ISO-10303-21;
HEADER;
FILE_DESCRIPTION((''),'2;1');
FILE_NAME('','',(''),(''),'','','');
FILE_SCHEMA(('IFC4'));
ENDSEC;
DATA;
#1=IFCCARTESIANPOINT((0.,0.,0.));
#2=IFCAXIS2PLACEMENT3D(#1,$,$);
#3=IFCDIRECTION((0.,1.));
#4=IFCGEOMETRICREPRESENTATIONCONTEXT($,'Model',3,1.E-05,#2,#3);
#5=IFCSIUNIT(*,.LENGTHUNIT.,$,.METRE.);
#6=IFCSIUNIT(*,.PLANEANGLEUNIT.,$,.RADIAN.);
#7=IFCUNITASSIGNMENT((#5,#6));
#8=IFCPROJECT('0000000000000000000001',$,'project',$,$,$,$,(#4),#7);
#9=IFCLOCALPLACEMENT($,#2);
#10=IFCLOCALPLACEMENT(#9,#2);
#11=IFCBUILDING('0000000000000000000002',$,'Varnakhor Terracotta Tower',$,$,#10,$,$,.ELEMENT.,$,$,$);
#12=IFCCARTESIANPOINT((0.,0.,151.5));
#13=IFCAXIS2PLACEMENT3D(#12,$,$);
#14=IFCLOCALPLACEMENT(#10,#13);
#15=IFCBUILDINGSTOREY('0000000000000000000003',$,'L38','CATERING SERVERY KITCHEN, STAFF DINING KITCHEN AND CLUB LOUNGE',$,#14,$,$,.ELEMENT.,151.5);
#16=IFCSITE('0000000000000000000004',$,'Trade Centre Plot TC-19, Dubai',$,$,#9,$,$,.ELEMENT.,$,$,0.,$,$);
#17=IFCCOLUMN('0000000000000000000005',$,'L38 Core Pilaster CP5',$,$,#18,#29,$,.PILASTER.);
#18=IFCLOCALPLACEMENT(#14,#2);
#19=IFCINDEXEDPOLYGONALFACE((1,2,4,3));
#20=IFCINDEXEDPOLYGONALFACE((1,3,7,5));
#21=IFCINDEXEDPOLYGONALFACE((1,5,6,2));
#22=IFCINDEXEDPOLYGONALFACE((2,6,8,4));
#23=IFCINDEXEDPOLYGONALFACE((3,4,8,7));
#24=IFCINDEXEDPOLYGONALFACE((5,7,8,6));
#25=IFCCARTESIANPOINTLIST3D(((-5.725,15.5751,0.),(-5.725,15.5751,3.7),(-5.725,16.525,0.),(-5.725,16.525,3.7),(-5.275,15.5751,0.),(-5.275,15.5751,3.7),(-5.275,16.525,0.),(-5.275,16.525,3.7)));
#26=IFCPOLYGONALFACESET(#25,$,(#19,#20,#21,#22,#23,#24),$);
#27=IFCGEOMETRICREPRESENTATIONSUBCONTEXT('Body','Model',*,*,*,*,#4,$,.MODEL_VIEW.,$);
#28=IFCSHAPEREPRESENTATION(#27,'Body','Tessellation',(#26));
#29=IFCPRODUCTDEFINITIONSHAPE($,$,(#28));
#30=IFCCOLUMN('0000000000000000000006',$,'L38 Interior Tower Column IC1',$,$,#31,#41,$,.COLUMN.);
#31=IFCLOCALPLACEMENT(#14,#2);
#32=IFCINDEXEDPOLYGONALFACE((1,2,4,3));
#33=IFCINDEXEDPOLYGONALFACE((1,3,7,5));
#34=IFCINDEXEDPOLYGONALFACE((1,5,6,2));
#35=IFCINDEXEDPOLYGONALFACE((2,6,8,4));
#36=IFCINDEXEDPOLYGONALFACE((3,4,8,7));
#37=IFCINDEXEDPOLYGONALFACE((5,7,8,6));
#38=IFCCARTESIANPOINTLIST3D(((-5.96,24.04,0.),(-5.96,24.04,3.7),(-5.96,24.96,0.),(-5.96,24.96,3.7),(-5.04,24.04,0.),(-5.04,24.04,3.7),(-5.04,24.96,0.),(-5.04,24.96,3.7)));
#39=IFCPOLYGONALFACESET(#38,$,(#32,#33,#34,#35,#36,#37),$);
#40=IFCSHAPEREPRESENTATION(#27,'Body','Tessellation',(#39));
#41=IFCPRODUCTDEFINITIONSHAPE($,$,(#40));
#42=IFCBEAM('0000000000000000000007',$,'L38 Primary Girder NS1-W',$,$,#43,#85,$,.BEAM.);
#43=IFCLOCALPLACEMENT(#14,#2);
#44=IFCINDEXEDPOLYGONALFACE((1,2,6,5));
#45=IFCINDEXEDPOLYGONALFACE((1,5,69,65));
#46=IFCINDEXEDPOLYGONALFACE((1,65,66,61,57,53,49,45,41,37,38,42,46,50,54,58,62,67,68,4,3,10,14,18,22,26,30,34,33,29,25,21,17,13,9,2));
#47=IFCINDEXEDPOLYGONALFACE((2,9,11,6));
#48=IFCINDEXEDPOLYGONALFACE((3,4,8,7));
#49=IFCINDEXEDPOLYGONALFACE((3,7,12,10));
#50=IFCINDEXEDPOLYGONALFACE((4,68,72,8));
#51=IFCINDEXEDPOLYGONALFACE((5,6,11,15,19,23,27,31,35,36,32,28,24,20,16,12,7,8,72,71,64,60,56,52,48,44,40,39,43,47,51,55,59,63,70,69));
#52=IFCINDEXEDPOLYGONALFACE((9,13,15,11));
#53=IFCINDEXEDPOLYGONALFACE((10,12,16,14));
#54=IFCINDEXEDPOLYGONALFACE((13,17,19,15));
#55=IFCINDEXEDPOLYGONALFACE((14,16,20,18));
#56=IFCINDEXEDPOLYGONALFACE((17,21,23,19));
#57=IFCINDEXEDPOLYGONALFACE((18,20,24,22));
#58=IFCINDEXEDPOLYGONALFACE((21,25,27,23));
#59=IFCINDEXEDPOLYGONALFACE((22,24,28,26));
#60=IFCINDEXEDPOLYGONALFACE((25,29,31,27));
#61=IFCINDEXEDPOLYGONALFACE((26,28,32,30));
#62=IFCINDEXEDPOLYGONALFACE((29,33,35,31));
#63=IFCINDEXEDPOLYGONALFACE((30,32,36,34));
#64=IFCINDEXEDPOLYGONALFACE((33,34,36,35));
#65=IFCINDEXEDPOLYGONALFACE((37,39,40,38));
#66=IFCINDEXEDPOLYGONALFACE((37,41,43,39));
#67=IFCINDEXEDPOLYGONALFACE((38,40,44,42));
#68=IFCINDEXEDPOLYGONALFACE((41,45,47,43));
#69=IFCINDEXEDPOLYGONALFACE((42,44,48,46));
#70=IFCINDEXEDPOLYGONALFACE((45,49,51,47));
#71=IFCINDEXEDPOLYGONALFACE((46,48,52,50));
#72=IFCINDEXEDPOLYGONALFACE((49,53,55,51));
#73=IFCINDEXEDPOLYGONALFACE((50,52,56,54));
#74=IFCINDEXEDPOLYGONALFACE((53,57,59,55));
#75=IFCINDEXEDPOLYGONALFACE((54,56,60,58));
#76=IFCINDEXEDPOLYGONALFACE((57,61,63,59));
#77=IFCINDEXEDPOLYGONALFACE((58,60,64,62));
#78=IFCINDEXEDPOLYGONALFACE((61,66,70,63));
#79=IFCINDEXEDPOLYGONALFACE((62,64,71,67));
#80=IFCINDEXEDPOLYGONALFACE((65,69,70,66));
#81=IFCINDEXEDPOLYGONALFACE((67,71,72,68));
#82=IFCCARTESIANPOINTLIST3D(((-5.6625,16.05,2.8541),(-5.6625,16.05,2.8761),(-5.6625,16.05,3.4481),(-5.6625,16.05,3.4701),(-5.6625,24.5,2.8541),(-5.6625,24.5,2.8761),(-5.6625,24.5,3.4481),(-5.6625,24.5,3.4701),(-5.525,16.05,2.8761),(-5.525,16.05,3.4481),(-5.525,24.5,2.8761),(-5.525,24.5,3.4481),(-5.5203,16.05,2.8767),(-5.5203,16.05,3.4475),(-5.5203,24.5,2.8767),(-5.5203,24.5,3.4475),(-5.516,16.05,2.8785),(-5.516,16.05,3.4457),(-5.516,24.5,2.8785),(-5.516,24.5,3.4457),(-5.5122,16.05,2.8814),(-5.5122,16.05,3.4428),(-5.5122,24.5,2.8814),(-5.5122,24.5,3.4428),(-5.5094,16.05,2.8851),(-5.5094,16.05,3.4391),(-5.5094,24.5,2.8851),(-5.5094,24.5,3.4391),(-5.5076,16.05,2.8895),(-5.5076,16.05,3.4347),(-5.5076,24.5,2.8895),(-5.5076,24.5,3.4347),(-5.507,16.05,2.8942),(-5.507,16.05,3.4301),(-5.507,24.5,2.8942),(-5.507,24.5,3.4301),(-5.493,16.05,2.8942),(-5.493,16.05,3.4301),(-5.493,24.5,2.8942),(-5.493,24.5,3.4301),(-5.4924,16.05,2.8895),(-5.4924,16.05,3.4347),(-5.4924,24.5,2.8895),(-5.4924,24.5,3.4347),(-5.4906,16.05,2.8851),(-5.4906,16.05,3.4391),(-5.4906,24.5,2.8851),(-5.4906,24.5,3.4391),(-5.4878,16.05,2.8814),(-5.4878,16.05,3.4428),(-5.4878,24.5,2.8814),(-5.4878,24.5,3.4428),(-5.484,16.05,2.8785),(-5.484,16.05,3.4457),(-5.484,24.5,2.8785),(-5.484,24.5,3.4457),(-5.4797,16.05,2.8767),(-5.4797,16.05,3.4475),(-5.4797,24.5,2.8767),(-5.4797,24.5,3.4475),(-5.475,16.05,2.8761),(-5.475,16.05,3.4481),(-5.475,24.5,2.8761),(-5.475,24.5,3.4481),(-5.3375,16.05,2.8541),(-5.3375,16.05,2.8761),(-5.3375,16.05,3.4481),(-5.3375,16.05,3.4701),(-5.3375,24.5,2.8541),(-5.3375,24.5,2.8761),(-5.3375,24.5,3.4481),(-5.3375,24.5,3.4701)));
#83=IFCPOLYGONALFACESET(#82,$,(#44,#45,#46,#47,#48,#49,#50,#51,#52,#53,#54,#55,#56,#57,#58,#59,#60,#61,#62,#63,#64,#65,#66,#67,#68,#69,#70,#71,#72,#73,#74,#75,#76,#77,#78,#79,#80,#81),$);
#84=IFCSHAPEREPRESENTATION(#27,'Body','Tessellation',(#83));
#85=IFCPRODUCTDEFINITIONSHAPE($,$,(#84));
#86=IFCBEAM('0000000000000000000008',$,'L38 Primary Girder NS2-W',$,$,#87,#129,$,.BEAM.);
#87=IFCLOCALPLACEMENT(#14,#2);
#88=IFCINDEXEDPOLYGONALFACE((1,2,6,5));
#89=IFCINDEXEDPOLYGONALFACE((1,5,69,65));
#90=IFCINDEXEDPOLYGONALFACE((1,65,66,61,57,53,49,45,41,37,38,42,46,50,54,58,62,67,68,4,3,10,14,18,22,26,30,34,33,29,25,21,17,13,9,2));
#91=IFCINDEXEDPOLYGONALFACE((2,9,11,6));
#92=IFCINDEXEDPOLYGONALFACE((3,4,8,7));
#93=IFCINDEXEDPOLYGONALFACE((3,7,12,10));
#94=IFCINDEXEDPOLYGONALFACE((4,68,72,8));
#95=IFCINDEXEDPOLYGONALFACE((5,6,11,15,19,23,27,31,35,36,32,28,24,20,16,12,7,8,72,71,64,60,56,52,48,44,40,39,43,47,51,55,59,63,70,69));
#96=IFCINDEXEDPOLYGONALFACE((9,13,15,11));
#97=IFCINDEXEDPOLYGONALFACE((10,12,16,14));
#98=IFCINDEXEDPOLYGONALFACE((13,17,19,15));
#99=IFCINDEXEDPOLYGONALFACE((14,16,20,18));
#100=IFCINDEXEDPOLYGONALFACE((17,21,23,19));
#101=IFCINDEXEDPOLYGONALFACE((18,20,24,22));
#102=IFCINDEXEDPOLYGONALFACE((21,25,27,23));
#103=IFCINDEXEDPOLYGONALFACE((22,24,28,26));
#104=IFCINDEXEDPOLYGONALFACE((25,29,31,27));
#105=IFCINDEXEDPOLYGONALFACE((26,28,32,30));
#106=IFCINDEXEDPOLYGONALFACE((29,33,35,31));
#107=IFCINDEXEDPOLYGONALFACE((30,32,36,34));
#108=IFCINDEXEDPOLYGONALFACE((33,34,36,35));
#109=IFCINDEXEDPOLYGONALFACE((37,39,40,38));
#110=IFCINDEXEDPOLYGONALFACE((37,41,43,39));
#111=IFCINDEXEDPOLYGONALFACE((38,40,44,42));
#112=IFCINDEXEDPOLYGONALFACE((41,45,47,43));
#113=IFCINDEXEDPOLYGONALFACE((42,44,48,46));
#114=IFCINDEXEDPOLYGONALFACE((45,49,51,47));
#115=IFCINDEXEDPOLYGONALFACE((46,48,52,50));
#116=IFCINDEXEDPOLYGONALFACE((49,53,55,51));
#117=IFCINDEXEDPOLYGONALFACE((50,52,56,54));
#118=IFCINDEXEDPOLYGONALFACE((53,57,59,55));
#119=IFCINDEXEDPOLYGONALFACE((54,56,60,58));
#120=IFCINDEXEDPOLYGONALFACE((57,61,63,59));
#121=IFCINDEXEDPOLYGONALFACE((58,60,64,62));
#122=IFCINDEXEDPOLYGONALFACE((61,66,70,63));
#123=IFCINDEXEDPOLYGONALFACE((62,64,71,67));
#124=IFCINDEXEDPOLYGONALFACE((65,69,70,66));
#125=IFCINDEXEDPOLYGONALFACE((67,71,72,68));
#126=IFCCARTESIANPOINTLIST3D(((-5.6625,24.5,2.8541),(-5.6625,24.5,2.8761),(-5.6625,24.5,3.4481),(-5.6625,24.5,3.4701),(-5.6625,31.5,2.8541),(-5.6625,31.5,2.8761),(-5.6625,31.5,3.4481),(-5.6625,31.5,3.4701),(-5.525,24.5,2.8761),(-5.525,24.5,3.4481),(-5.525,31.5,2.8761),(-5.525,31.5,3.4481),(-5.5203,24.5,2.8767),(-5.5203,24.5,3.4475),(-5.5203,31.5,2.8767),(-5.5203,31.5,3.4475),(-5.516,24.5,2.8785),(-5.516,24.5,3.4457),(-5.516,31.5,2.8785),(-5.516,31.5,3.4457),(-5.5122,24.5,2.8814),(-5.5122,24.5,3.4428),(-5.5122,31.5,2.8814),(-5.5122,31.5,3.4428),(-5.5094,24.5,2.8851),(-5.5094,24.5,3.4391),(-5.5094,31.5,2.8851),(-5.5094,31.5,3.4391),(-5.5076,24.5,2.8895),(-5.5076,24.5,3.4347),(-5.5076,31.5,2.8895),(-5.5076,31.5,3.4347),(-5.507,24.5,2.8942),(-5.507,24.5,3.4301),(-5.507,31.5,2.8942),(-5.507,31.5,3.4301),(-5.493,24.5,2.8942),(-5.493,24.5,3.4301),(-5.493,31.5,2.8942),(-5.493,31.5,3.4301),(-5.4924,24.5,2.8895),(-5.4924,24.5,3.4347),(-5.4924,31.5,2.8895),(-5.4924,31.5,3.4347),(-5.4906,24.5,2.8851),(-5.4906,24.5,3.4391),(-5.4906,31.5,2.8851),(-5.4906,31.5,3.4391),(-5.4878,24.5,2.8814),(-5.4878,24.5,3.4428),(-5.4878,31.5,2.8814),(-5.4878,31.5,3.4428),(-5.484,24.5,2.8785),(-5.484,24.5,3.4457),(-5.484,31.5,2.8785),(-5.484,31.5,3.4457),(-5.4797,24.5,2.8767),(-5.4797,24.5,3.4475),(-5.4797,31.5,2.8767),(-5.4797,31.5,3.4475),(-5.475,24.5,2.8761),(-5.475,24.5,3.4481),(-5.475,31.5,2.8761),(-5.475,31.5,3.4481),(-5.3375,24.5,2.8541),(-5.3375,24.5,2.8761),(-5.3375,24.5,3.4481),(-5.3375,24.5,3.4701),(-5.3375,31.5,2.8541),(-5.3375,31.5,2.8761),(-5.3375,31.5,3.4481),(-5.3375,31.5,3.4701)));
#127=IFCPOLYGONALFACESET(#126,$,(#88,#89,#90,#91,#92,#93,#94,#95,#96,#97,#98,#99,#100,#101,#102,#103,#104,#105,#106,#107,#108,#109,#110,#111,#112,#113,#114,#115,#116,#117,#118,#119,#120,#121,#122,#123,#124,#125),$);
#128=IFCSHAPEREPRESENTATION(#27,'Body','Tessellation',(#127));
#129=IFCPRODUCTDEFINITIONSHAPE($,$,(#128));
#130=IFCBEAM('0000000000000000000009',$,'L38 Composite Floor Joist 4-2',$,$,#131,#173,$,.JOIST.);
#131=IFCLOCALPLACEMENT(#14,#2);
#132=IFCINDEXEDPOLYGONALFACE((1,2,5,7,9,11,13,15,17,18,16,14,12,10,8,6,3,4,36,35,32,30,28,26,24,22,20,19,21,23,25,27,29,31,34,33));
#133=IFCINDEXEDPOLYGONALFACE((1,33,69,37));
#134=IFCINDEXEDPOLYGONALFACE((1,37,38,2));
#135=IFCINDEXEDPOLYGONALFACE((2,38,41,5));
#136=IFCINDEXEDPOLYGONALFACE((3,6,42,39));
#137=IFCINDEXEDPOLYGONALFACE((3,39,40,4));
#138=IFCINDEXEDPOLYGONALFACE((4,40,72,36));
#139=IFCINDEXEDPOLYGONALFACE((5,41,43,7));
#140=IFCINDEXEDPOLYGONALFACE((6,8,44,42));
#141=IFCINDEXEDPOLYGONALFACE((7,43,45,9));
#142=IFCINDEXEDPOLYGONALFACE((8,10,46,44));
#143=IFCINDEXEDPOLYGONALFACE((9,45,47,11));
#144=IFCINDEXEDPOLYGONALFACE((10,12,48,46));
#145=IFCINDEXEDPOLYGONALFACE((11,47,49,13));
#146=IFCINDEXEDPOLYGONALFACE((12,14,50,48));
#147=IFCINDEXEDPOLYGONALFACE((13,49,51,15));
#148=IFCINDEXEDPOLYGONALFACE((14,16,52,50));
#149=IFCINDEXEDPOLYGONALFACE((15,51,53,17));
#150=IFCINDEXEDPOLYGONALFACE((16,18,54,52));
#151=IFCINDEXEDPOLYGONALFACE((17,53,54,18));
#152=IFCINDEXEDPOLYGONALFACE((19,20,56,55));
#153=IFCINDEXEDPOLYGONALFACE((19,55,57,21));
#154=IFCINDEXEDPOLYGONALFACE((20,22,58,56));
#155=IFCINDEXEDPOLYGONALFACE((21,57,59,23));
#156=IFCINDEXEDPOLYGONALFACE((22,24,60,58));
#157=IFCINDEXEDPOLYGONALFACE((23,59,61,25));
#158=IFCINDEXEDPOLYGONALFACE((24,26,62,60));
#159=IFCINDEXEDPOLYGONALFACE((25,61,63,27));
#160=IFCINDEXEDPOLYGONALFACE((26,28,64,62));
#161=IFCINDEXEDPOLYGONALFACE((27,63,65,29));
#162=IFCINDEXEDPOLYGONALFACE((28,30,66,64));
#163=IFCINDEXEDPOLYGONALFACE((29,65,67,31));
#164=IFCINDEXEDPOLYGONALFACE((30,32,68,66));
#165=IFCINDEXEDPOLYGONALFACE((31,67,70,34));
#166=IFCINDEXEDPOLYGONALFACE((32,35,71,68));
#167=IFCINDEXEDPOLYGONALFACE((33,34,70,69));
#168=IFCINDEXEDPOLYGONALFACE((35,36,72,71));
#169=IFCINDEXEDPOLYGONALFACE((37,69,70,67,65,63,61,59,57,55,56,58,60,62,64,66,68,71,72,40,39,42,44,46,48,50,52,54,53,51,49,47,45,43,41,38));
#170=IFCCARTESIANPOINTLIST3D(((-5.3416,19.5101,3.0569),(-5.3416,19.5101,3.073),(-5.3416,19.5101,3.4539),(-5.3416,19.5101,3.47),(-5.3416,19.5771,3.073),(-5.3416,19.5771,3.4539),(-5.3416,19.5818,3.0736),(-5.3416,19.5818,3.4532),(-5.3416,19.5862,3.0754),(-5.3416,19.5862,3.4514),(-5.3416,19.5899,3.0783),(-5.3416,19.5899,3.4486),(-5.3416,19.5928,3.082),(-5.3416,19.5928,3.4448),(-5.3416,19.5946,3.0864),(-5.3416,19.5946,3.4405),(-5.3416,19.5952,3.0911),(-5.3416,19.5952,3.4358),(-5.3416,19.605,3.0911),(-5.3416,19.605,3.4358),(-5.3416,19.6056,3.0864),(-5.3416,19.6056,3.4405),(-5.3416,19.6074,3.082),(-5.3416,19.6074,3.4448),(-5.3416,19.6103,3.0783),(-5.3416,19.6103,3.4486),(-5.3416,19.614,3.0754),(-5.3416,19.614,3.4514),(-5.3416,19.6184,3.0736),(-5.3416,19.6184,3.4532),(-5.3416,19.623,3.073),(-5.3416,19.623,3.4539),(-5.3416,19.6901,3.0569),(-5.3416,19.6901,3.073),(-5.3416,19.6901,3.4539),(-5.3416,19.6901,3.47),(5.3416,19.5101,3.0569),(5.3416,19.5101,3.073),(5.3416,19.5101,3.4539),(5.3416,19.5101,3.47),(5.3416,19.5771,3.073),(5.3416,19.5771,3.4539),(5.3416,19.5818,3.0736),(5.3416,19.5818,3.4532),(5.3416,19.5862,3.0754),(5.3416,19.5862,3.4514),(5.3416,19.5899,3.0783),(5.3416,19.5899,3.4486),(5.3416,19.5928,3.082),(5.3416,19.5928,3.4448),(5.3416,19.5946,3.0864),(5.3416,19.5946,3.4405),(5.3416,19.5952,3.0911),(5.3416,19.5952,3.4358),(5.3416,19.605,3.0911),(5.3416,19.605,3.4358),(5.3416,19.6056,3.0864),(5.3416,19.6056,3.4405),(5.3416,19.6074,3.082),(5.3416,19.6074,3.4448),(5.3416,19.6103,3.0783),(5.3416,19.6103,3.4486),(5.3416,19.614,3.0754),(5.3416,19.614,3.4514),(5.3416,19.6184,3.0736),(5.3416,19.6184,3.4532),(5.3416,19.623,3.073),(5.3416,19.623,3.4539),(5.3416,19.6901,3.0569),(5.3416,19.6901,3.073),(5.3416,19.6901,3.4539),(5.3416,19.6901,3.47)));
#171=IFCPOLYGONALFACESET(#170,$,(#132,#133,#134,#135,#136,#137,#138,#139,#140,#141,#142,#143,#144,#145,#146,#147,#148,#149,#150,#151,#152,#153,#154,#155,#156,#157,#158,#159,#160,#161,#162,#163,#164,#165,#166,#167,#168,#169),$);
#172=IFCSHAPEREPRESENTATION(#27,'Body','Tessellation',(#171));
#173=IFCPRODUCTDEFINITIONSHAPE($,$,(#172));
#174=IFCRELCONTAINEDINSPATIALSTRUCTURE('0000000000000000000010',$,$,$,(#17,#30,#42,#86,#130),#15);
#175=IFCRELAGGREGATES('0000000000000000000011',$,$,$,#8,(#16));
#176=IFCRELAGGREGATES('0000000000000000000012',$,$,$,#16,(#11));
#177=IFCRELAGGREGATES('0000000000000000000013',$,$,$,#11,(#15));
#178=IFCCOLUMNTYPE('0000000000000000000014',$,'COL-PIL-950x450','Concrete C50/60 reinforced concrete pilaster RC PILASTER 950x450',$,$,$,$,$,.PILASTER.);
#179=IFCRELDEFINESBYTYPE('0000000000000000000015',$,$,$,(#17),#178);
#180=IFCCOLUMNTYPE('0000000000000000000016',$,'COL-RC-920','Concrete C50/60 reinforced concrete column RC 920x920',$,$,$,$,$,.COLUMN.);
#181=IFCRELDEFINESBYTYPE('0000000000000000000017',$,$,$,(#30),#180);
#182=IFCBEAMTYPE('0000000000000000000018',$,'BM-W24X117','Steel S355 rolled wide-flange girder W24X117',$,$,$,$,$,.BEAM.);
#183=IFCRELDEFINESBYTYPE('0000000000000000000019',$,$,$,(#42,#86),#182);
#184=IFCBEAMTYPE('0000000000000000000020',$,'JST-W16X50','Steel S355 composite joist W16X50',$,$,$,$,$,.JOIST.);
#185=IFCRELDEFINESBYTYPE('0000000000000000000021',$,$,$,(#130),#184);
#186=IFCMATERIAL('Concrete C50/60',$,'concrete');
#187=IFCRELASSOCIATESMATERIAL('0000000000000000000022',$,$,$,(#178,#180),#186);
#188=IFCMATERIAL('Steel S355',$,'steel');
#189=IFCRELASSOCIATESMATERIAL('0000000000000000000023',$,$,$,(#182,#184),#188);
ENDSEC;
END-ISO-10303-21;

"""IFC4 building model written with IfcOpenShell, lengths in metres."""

from ifc_helpers import new_model, si_unit, direction, frame, origin, origin_2d, place, context, subcontext, project, spatial, rectangle, i_section, extrude, source, transform, mapped, material, material_profile, profile_set, type_object, type_shapes, element, save


model = new_model("IFC4")

# Units and contexts
model_context = context("Model", 3, precision=1e-05, world=origin(), true_north=direction((0.0, 1.0)))
body_context = subcontext(model_context, "Body", "Model", "MODEL_VIEW")
ifc_project = project(units=[si_unit("LENGTHUNIT", "METRE"), si_unit("PLANEANGLEUNIT", "RADIAN")], contexts=[model_context])

# Site, building, storey
site_placement = place(None, origin())
site = spatial("IfcSite", under=ifc_project, at=site_placement, Name="Trade Centre Plot TC-19, Dubai", CompositionType="ELEMENT", RefElevation=0.0)
building_placement = place(site_placement, origin())
building = spatial("IfcBuilding", under=site, at=building_placement, Name="Varnakhor Terracotta Tower", CompositionType="ELEMENT")
storey_placement = place(building_placement, frame((0.0, 0.0, 151.5)))
storey = spatial("IfcBuildingStorey", under=building, at=storey_placement, Name="L38", Description="CATERING SERVERY KITCHEN, STAFF DINING KITCHEN AND CLUB LOUNGE", CompositionType="ELEMENT", Elevation=151.5)

# Columns
ifc_material_1 = material(Name="Concrete C50/60", Category="concrete")
ifc_material_profile_1 = material_profile(ifc_material_1, rectangle(XDim=0.45, YDim=0.95, at=origin_2d()), Name="RC PILASTER 950x450")
ifc_profile_set_1 = profile_set([ifc_material_profile_1], Name="Concrete C50/60")
column_type_1 = type_object("IfcColumnType", Name="COL-PIL-950x450", Description="Concrete C50/60 reinforced concrete pilaster RC PILASTER 950x450", PredefinedType="PILASTER", material=ifc_profile_set_1)
shared_shape_1 = source(origin(), body_context, "Body", "SweptSolid", [
    extrude(rectangle(XDim=0.45, YDim=0.95, at=origin_2d()), origin(), (0.0, 0.0, 1.0), 3.7),
])
column_1_placement = place(storey_placement, frame((-5.5, 16.05, 0.0), z_axis=(0.0, 0.0, 1.0), x_axis=(1.0, 0.0, 0.0)))
element("IfcColumn", 1, at=column_1_placement, inside=storey, type_object=column_type_1, Name="L38 Core Pilaster CP5", PredefinedType="PILASTER", context=body_context, shape_type="MappedRepresentation", body=[
    mapped(shared_shape_1, transform((0.0, 0.0, 0.0), scale=1.0)),
])
ifc_material_profile_2 = material_profile(ifc_material_1, rectangle(XDim=0.9199, YDim=0.9199, at=origin_2d()), Name="RC 920x920")
ifc_profile_set_2 = profile_set([ifc_material_profile_2], Name="Concrete C50/60")
column_type_2 = type_object("IfcColumnType", Name="COL-RC-920", Description="Concrete C50/60 reinforced concrete column RC 920x920", PredefinedType="COLUMN", material=ifc_profile_set_2)
shared_shape_2 = source(origin(), body_context, "Body", "SweptSolid", [
    extrude(rectangle(XDim=0.9199, YDim=0.9199, at=origin_2d()), origin(), (0.0, 0.0, 1.0), 3.7),
])
column_2_placement = place(storey_placement, frame((-5.5, 24.5, 0.0), z_axis=(0.0, 0.0, 1.0), x_axis=(1.0, 0.0, 0.0)))
element("IfcColumn", 2, at=column_2_placement, inside=storey, type_object=column_type_2, Name="L38 Interior Tower Column IC1", PredefinedType="COLUMN", context=body_context, shape_type="MappedRepresentation", body=[
    mapped(shared_shape_2, transform((0.0, 0.0, 0.0), scale=1.0)),
])

# Beams
ifc_material_2 = material(Name="Steel S355", Category="steel")
ifc_material_profile_3 = material_profile(ifc_material_2, i_section(OverallWidth=0.325, OverallDepth=0.616, WebThickness=0.0139, FlangeThickness=0.022, FilletRadius=0.0181, at=origin_2d()), Name="W24X117")
ifc_profile_set_3 = profile_set([ifc_material_profile_3], Name="Steel S355")
beam_type_1 = type_object("IfcBeamType", Name="BM-W24X117", Description="Steel S355 rolled wide-flange girder W24X117", PredefinedType="BEAM", material=ifc_profile_set_3)
shared_shape_3 = source(origin(), body_context, "Body", "SweptSolid", [
    extrude(i_section(OverallWidth=0.325, OverallDepth=0.616, WebThickness=0.0139, FlangeThickness=0.022, FilletRadius=0.0181, at=origin_2d()), origin(), (0.0, 0.0, 1.0), 8.45),
])
type_shapes(beam_type_1, [shared_shape_3])
beam_1_placement = place(storey_placement, frame((-5.5, 16.05, 3.1621), z_axis=(0.0, 1.0, 0.0), x_axis=(-1.0, 0.0, 0.0)))
element("IfcBeam", 3, at=beam_1_placement, inside=storey, type_object=beam_type_1, Name="L38 Primary Girder NS1-W", PredefinedType="BEAM", context=body_context, shape_type="MappedRepresentation", body=[
    mapped(shared_shape_3, transform((0.0, 0.0, 0.0), scale=1.0)),
])
shared_shape_4 = source(origin(), body_context, "Body", "SweptSolid", [
    extrude(i_section(OverallWidth=0.325, OverallDepth=0.616, WebThickness=0.0139, FlangeThickness=0.022, FilletRadius=0.0181, at=origin_2d()), origin(), (0.0, 0.0, 1.0), 7.0),
])
beam_2_placement = place(storey_placement, frame((-5.5, 24.5, 3.1621), z_axis=(0.0, 1.0, 0.0), x_axis=(-1.0, 0.0, 0.0)))
element("IfcBeam", 4, at=beam_2_placement, inside=storey, type_object=beam_type_1, Name="L38 Primary Girder NS2-W", PredefinedType="BEAM", context=body_context, shape_type="MappedRepresentation", body=[
    mapped(shared_shape_4, transform((0.0, 0.0, 0.0), scale=1.0)),
])
ifc_material_profile_4 = material_profile(ifc_material_2, i_section(OverallWidth=0.1799, OverallDepth=0.4131, WebThickness=0.0098, FlangeThickness=0.0161, FilletRadius=0.0181, at=origin_2d()), Name="W16X50")
ifc_profile_set_4 = profile_set([ifc_material_profile_4], Name="Steel S355")
beam_type_2 = type_object("IfcBeamType", Name="JST-W16X50", Description="Steel S355 composite joist W16X50", PredefinedType="JOIST", material=ifc_profile_set_4)
shared_shape_5 = source(origin(), body_context, "Body", "SweptSolid", [
    extrude(i_section(OverallWidth=0.1799, OverallDepth=0.4131, WebThickness=0.0098, FlangeThickness=0.0161, FilletRadius=0.0181, at=origin_2d()), origin(), (0.0, 0.0, 1.0), 10.6831),
])
for number, where, z_axis, x_axis, name in (
    (5, (-5.3416, 19.6001, 3.2634), (1.0, 0.0, 0.0), (0.0, 1.0, 0.0), "L38 Composite Floor Joist 4-2"),
):
    element("IfcBeam", number, at=place(storey_placement, frame(where, z_axis=z_axis, x_axis=x_axis)), inside=storey, type_object=beam_type_2, Name=name, PredefinedType="JOIST", context=body_context, shape_type="MappedRepresentation", body=[
        mapped(shared_shape_5, transform((0.0, 0.0, 0.0), scale=1.0)),
    ])

save(model, "model.ifc")
